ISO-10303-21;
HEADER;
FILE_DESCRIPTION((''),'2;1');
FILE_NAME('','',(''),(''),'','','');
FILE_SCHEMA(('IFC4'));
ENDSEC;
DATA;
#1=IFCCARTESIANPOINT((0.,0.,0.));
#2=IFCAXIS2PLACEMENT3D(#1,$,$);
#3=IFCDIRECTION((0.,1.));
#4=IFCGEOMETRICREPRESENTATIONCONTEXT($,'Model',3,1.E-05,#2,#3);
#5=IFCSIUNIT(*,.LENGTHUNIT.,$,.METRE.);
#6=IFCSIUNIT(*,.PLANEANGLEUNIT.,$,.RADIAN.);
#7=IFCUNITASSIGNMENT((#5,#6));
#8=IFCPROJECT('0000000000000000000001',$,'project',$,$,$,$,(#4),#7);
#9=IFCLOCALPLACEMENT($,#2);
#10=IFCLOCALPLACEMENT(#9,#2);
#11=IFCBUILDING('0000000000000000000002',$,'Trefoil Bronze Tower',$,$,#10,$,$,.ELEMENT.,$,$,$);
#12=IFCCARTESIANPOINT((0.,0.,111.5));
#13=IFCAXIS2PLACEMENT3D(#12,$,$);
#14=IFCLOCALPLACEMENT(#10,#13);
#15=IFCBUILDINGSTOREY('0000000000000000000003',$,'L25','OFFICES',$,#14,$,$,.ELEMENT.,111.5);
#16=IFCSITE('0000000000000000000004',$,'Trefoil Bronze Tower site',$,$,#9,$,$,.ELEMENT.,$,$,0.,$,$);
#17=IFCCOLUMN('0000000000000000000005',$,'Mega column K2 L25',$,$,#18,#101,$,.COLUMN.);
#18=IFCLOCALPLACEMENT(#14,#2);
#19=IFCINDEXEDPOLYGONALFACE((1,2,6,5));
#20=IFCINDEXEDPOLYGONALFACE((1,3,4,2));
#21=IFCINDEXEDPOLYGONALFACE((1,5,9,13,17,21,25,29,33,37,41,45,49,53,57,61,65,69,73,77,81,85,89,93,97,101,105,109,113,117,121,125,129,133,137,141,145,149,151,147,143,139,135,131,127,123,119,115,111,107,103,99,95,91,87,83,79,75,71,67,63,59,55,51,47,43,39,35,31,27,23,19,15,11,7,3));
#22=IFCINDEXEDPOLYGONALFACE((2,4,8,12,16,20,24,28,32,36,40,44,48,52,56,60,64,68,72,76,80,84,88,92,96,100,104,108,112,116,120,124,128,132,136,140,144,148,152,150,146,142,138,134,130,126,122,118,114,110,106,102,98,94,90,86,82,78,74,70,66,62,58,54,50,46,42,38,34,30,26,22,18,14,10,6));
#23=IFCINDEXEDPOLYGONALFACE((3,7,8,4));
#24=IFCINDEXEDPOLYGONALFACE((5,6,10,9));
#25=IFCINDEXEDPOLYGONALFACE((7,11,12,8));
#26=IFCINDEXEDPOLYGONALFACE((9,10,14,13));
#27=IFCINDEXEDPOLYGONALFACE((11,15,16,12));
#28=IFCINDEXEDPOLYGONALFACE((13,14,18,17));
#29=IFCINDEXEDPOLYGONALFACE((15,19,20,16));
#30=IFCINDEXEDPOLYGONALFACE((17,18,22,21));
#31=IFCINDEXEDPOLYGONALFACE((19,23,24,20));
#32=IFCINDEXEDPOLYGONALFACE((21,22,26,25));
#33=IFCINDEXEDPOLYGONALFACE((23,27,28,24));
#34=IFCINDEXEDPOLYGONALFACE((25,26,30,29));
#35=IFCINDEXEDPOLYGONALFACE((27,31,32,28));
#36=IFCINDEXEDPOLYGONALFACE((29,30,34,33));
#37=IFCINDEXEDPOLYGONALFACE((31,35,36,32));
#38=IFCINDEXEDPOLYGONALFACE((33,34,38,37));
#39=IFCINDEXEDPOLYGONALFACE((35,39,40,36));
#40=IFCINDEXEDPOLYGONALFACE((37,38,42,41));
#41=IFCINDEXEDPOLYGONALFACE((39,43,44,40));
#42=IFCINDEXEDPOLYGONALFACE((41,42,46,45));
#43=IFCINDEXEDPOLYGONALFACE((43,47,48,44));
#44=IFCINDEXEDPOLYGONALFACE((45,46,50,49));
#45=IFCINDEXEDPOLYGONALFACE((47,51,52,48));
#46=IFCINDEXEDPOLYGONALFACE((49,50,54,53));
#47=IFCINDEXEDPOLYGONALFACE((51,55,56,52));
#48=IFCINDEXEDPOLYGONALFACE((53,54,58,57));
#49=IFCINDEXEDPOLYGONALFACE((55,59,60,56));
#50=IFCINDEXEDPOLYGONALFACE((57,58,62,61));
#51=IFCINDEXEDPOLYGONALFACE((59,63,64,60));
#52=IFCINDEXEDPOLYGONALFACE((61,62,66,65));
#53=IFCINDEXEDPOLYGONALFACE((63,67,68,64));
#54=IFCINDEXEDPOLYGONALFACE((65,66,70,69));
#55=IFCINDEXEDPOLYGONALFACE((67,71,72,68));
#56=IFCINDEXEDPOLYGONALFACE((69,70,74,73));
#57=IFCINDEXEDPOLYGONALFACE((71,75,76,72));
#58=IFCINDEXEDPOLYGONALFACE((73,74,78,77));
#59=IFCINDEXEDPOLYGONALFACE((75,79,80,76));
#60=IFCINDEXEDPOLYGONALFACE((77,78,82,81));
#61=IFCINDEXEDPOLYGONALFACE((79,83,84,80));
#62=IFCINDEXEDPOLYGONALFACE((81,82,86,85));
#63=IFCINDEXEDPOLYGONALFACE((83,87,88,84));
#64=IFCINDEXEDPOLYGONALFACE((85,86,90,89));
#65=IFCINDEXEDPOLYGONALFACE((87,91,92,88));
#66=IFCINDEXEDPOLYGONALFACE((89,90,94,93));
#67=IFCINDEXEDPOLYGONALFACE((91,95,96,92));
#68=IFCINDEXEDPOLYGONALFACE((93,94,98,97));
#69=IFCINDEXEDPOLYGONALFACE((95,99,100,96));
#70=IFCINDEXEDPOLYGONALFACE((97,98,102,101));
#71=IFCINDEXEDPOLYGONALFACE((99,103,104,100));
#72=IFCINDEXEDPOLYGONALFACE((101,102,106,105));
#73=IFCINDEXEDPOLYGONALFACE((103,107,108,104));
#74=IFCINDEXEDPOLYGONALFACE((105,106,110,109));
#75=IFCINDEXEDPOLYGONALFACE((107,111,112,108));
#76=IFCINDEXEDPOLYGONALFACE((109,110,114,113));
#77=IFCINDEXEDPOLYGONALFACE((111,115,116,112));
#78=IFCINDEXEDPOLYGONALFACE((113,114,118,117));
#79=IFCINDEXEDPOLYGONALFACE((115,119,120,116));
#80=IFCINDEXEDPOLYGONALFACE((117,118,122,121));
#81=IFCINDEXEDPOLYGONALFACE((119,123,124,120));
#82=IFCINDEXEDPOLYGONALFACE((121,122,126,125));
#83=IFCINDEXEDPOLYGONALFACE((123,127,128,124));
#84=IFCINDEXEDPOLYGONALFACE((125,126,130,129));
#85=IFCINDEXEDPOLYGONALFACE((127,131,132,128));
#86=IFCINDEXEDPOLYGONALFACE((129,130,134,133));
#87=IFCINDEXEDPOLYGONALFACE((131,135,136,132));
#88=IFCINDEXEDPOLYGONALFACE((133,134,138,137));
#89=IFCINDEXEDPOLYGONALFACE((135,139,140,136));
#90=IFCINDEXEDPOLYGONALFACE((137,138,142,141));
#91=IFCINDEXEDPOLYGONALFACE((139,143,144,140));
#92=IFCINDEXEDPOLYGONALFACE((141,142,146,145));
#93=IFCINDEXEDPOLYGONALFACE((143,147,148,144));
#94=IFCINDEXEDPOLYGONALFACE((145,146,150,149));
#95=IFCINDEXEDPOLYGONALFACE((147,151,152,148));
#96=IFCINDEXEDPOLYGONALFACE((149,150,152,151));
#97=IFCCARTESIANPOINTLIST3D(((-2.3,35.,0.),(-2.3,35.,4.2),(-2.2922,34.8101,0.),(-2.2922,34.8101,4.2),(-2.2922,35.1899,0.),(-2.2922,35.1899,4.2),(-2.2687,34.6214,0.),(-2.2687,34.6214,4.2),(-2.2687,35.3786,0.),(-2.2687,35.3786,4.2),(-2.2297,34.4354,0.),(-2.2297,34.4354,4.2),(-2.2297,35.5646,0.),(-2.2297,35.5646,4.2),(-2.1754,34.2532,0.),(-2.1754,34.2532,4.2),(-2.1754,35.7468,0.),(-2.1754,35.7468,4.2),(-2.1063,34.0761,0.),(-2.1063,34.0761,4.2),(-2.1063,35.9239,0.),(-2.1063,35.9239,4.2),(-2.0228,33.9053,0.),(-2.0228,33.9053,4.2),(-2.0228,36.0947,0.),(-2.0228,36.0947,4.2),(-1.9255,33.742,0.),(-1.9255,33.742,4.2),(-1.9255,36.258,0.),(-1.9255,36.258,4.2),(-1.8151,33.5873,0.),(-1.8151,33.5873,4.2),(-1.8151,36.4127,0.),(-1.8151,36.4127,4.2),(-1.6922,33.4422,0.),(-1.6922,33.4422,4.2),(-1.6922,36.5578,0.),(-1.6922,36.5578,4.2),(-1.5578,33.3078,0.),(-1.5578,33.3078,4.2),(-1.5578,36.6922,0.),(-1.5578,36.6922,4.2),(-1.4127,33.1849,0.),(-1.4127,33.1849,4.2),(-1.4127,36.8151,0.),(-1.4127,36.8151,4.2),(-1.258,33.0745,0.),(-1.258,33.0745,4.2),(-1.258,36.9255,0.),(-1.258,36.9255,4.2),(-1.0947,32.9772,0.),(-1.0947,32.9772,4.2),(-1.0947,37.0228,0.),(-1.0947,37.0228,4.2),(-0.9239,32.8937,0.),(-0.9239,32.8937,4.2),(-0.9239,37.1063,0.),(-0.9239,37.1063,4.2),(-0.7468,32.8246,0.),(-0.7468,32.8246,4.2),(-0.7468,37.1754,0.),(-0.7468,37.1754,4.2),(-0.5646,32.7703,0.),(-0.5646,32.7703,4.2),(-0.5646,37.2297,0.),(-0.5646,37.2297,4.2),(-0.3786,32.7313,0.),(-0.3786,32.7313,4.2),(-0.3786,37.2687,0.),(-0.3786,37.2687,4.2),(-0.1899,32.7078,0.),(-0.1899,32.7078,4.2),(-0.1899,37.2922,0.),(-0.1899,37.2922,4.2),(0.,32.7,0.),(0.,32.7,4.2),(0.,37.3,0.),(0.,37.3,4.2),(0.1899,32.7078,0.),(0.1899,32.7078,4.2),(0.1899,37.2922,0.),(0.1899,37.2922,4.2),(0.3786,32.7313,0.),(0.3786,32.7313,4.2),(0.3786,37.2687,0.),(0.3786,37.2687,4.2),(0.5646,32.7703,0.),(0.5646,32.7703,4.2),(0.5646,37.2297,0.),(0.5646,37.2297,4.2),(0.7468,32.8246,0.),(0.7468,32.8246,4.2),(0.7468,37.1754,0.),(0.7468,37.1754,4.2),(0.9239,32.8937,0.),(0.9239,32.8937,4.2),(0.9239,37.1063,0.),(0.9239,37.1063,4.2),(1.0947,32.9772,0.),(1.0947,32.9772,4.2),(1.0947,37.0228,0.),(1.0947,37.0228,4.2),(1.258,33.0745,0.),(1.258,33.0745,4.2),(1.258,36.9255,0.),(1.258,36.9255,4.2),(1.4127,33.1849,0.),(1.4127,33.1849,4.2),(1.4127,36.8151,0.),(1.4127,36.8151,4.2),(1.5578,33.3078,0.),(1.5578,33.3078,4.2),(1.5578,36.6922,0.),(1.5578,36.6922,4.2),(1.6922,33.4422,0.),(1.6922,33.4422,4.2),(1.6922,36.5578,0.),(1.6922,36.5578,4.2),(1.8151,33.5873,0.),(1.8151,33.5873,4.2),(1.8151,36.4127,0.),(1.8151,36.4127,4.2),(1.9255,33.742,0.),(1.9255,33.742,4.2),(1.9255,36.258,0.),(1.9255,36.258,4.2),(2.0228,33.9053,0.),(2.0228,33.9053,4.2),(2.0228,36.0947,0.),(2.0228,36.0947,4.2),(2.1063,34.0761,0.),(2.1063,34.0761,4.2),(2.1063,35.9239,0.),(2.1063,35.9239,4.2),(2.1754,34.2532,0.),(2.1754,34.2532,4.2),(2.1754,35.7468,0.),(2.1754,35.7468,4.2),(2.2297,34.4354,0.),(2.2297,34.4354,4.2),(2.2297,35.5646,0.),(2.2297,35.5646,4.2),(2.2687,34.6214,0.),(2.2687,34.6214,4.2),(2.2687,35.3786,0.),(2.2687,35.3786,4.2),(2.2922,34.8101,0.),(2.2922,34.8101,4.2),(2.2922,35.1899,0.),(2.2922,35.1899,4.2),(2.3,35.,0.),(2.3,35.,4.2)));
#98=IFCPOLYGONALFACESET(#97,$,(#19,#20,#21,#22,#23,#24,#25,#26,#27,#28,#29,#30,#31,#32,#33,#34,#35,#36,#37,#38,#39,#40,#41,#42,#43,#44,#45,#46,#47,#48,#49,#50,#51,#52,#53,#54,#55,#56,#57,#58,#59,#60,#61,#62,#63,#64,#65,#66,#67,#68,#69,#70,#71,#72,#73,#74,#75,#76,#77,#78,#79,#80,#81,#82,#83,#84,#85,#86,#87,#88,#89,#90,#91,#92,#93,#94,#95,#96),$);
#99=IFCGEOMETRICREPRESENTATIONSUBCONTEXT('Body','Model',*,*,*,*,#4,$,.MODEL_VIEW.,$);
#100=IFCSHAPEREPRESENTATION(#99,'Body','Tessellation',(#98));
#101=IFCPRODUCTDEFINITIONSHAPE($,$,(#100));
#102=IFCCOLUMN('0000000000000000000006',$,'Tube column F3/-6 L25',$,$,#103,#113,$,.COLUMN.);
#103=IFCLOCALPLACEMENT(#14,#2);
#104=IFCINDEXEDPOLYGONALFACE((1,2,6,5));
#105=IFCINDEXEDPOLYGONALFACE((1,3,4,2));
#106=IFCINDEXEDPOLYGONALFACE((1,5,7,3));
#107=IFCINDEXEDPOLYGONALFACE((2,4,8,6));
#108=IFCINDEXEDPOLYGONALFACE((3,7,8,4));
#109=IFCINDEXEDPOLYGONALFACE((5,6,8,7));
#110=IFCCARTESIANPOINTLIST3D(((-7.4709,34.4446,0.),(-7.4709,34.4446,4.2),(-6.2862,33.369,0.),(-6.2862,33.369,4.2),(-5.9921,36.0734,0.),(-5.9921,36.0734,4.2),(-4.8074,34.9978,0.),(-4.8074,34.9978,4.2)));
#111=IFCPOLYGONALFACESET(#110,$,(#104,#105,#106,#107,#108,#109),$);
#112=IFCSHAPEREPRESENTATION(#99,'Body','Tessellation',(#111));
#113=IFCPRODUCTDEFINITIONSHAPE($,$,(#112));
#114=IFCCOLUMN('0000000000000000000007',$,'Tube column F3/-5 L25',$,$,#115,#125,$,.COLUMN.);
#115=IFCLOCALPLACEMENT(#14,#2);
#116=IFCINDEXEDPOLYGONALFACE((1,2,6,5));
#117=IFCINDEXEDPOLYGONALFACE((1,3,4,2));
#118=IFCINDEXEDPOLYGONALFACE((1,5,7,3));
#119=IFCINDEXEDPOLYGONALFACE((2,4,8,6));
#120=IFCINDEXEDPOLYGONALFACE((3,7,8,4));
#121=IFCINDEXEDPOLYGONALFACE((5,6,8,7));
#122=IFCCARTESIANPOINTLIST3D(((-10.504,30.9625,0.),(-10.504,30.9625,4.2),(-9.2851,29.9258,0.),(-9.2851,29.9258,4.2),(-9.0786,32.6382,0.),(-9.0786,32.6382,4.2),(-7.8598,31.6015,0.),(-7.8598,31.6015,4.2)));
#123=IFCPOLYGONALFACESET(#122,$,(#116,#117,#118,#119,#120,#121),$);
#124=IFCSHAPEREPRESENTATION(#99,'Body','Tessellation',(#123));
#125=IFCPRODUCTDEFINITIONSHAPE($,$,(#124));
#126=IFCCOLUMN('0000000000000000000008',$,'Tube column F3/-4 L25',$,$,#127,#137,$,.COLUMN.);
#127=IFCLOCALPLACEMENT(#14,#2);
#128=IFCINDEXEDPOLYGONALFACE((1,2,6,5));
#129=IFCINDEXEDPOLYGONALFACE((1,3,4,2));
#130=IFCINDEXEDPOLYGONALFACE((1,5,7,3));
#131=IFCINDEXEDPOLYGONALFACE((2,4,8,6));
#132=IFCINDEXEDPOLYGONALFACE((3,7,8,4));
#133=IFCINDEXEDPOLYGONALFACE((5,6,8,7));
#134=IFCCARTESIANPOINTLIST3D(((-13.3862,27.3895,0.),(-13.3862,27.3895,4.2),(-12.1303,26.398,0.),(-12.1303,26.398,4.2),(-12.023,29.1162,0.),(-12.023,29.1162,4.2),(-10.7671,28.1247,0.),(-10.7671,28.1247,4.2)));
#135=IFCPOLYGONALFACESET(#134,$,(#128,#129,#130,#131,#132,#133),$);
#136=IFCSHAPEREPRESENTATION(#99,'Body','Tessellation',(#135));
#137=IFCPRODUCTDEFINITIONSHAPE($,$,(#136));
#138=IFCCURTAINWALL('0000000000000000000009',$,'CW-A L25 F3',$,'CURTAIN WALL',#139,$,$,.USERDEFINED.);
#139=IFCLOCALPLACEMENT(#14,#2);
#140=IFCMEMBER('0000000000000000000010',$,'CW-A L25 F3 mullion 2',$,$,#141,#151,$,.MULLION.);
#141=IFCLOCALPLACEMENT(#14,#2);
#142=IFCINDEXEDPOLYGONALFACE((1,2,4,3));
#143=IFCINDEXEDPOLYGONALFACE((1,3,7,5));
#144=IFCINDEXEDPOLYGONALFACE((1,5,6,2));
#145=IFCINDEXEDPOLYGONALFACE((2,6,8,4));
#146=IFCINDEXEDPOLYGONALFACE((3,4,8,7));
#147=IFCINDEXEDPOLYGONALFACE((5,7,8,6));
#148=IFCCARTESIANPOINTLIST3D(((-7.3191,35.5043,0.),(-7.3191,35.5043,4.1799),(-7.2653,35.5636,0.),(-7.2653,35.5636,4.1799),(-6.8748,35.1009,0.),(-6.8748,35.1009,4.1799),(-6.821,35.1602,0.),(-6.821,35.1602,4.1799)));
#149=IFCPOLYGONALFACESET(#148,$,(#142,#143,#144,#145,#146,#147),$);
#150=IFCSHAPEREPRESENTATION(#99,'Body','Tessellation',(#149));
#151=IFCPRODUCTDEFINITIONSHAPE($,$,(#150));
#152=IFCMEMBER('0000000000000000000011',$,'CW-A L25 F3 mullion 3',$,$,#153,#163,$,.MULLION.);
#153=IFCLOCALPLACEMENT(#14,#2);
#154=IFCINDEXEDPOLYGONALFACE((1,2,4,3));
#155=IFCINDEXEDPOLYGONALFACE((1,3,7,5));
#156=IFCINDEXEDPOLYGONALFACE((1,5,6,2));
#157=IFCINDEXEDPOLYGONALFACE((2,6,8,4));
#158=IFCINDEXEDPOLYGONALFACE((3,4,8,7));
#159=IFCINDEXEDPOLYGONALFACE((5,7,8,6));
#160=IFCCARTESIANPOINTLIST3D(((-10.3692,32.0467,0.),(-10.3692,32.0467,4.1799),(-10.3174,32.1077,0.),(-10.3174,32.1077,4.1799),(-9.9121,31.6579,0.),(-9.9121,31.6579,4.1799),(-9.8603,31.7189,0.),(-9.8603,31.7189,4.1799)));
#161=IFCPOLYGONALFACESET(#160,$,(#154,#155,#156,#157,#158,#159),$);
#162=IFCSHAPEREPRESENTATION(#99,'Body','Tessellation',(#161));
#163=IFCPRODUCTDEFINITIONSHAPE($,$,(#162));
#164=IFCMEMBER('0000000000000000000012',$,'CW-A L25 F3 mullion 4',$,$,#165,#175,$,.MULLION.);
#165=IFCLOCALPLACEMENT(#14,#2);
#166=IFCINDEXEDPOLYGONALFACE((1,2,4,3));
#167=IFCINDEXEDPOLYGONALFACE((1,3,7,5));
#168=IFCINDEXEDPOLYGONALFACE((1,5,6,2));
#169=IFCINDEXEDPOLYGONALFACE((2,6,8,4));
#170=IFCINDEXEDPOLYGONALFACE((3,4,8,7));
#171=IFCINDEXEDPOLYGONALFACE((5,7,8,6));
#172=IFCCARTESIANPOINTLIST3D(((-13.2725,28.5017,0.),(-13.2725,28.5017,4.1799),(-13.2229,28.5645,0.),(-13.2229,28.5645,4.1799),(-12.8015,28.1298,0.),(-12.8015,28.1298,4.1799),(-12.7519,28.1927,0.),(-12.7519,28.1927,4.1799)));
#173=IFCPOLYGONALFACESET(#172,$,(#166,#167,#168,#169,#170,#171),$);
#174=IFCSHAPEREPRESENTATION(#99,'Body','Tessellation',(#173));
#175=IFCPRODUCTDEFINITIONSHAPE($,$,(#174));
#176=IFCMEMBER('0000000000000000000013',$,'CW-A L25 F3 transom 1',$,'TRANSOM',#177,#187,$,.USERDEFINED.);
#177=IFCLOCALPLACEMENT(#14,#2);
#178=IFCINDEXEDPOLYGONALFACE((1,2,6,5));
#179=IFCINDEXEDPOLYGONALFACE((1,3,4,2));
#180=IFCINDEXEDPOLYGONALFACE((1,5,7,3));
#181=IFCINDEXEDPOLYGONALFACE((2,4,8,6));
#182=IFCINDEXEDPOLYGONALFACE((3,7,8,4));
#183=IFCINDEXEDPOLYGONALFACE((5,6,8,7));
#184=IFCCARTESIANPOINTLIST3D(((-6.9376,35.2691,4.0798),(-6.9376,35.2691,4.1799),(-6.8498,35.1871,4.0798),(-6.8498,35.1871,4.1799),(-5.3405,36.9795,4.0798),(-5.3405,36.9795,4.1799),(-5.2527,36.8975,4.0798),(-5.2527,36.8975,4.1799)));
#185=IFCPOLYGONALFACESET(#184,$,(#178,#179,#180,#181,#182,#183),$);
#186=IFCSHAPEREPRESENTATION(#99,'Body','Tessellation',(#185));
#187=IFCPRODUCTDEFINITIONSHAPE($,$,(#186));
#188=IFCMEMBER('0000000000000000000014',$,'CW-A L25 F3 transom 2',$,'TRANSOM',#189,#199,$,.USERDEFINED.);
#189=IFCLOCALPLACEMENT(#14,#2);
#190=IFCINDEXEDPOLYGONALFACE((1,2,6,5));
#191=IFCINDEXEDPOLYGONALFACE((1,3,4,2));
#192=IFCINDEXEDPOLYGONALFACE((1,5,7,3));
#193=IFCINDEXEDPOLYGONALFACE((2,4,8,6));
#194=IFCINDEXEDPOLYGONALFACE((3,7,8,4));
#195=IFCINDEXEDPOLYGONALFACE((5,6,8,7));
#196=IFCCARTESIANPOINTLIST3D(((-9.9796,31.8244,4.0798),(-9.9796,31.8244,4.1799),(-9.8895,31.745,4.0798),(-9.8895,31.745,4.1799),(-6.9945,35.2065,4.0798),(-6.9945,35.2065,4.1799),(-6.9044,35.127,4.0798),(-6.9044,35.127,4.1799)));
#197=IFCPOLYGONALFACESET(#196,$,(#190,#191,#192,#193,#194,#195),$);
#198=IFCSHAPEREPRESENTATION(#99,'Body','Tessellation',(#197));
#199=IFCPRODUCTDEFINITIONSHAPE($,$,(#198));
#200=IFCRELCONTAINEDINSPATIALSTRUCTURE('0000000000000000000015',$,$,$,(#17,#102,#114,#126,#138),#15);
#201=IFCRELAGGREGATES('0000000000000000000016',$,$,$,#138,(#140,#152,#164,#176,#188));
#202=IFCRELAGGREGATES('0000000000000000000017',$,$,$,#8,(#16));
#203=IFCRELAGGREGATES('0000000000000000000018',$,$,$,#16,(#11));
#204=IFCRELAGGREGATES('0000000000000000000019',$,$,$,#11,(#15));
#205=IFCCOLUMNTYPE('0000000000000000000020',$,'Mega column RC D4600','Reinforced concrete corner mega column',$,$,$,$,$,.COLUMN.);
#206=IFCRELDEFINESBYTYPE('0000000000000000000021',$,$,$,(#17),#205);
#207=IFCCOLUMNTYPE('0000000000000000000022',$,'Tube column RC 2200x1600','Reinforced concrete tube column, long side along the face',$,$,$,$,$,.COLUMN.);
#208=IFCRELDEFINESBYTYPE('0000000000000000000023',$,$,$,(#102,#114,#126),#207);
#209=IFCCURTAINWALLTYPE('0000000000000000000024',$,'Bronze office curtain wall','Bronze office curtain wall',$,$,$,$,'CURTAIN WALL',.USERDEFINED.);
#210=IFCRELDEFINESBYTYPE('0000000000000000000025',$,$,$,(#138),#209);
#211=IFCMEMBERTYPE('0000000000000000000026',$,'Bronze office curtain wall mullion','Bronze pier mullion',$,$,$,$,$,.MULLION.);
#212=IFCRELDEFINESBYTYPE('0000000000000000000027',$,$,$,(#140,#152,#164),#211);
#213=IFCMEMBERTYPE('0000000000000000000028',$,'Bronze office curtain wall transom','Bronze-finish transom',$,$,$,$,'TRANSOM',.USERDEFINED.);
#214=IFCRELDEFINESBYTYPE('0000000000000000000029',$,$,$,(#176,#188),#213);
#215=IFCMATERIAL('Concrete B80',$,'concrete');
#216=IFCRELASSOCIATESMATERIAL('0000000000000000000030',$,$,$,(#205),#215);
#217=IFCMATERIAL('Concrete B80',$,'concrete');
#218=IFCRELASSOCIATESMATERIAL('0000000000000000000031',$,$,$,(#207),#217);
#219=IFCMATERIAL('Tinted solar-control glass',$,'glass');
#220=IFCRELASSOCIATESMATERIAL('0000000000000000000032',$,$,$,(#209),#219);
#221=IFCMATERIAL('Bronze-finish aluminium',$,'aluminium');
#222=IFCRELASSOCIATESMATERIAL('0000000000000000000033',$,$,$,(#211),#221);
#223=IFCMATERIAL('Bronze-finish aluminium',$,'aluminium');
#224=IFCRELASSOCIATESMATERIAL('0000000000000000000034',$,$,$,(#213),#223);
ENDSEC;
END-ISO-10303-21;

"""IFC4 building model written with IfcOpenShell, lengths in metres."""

from ifc_helpers import new_model, si_unit, direction, frame, origin, origin_2d, place, context, subcontext, project, spatial, rectangle, circle, extrude, material, material_profile, profile_set, type_object, element, aggregate, save


model = new_model("IFC4")

# Units and contexts
model_context = context("Model", 3, precision=1e-05, world=origin(), true_north=direction((0.0, 1.0)))
body_context = subcontext(model_context, "Body", "Model", "MODEL_VIEW")
ifc_project = project(units=[si_unit("LENGTHUNIT", "METRE"), si_unit("PLANEANGLEUNIT", "RADIAN")], contexts=[model_context])

# Site, building, storey
site_placement = place(None, origin())
site = spatial("IfcSite", under=ifc_project, at=site_placement, Name="Trefoil Bronze Tower site", CompositionType="ELEMENT", RefElevation=0.0)
building_placement = place(site_placement, origin())
building = spatial("IfcBuilding", under=site, at=building_placement, Name="Trefoil Bronze Tower", CompositionType="ELEMENT")
storey_placement = place(building_placement, frame((0.0, 0.0, 111.5)))
storey = spatial("IfcBuildingStorey", under=building, at=storey_placement, Name="L25", Description="OFFICES", CompositionType="ELEMENT", Elevation=111.5)

# Columns
ifc_material_1 = material(Name="Concrete B80", Category="concrete")
ifc_material_profile_1 = material_profile(ifc_material_1, circle(Radius=2.3, at=origin_2d()), Name="RC D4600")
ifc_profile_set_1 = profile_set([ifc_material_profile_1], Name="Concrete B80")
column_type_1 = type_object("IfcColumnType", Name="Mega column RC D4600", Description="Reinforced concrete corner mega column", PredefinedType="COLUMN", material=ifc_profile_set_1)
column_placement = place(storey_placement, frame((0.0, 35.0, 0.0), z_axis=(0.0, 0.0, 1.0), x_axis=(1.0, 0.0, 0.0)))
element("IfcColumn", 1, at=column_placement, inside=storey, type_object=column_type_1, Name="Mega column K2 L25", PredefinedType="COLUMN", context=body_context, shape_type="SweptSolid", body=[
    extrude(circle(Radius=2.3, at=origin_2d()), origin(), (0.0, 0.0, 1.0), 4.2),
])
ifc_material_2 = material(Name="Concrete B80", Category="concrete")
ifc_material_profile_2 = material_profile(ifc_material_2, rectangle(XDim=2.2, YDim=1.6001, at=origin_2d()), Name="RC 2200x1600")
ifc_profile_set_2 = profile_set([ifc_material_profile_2], Name="Concrete B80")
column_type_2 = type_object("IfcColumnType", Name="Tube column RC 2200x1600", Description="Reinforced concrete tube column, long side along the face", PredefinedType="COLUMN", material=ifc_profile_set_2)
for number, where, z_axis, x_axis, name in (
    (2, (-6.1392, 34.7212, 0.0), (0.0, 0.0, 1.0), (-0.67221, -0.740361, 0.0), "Tube column F3/-6 L25"),
    (3, (-9.1819, 31.282, 0.0), (0.0, 0.0, 1.0), (-0.647904, -0.761722, 0.0), "Tube column F3/-5 L25"),
    (4, (-12.0767, 27.7571, 0.0), (0.0, 0.0, 1.0), (-0.619649, -0.784879, 0.0), "Tube column F3/-4 L25"),
):
    element("IfcColumn", number, at=place(storey_placement, frame(where, z_axis=z_axis, x_axis=x_axis)), inside=storey, type_object=column_type_2, Name=name, PredefinedType="COLUMN", context=body_context, shape_type="SweptSolid", body=[
        extrude(rectangle(XDim=2.2, YDim=1.6001, at=origin_2d()), origin(), (0.0, 0.0, 1.0), 4.2),
    ])

# Curtain wall, members
ifc_material_3 = material(Name="Tinted solar-control glass", Category="glass")
curtain_wall_type_1 = type_object("IfcCurtainWallType", Name="Bronze office curtain wall", Description="Bronze office curtain wall", ElementType="CURTAIN WALL", PredefinedType="USERDEFINED", material=ifc_material_3)
curtain_wall_1_placement = place(storey_placement, origin())
curtain_wall_1 = element("IfcCurtainWall", 5, at=curtain_wall_1_placement, inside=storey, type_object=curtain_wall_type_1, Name="CW-A L25 F3", ObjectType="CURTAIN WALL", PredefinedType="USERDEFINED")
ifc_material_4 = material(Name="Bronze-finish aluminium", Category="aluminium")
ifc_material_profile_3 = material_profile(ifc_material_4, rectangle(XDim=0.6001, YDim=0.0801, at=origin_2d()), Name="CW-A mullion")
ifc_profile_set_3 = profile_set([ifc_material_profile_3], Name="Bronze-finish aluminium")
member_type_1 = type_object("IfcMemberType", Name="Bronze office curtain wall mullion", Description="Bronze pier mullion", PredefinedType="MULLION", material=ifc_profile_set_3)
member_1_placement = place(storey_placement, frame((-7.0701, 35.3323, 0.0), z_axis=(0.0, 0.0, 1.0), x_axis=(0.740361, -0.67221, 0.0)))
member_1 = element("IfcMember", 6, at=member_1_placement, type_object=member_type_1, Name="CW-A L25 F3 mullion 2", PredefinedType="MULLION", context=body_context, shape_type="SweptSolid", body=[
    extrude(rectangle(XDim=0.6001, YDim=0.0801, at=origin_2d()), origin(), (0.0, 0.0, 1.0), 4.1799),
])
member_2_placement = place(storey_placement, frame((-10.1147, 31.8828, 0.0), z_axis=(0.0, 0.0, 1.0), x_axis=(0.761722, -0.647904, 0.0)))
member_2 = element("IfcMember", 7, at=member_2_placement, type_object=member_type_1, Name="CW-A L25 F3 mullion 3", PredefinedType="MULLION", context=body_context, shape_type="SweptSolid", body=[
    extrude(rectangle(XDim=0.6001, YDim=0.0801, at=origin_2d()), origin(), (0.0, 0.0, 1.0), 4.1799),
])
member_3_placement = place(storey_placement, frame((-13.0122, 28.3472, 0.0), z_axis=(0.0, 0.0, 1.0), x_axis=(0.784879, -0.619649, 0.0)))
member_3 = element("IfcMember", 8, at=member_3_placement, type_object=member_type_1, Name="CW-A L25 F3 mullion 4", PredefinedType="MULLION", context=body_context, shape_type="SweptSolid", body=[
    extrude(rectangle(XDim=0.6001, YDim=0.0801, at=origin_2d()), origin(), (0.0, 0.0, 1.0), 4.1799),
])
ifc_material_5 = material(Name="Bronze-finish aluminium", Category="aluminium")
ifc_material_profile_4 = material_profile(ifc_material_5, rectangle(XDim=0.1201, YDim=0.1001, at=origin_2d()), Name="CW-A transom")
ifc_profile_set_4 = profile_set([ifc_material_profile_4], Name="Bronze-finish aluminium")
member_type_2 = type_object("IfcMemberType", Name="Bronze office curtain wall transom", Description="Bronze-finish transom", ElementType="TRANSOM", PredefinedType="USERDEFINED", material=ifc_profile_set_4)
member_4_placement = place(storey_placement, frame((-5.2966, 36.9385, 4.1299), z_axis=(-0.682489, -0.730896, 0.0), x_axis=(0.730896, -0.682489, 0.0)))
member_4 = element("IfcMember", 9, at=member_4_placement, type_object=member_type_2, Name="CW-A L25 F3 transom 1", ObjectType="TRANSOM", PredefinedType="USERDEFINED", context=body_context, shape_type="SweptSolid", body=[
    extrude(rectangle(XDim=0.1201, YDim=0.1001, at=origin_2d()), origin(), (0.0, 0.0, 1.0), 2.3401),
])
member_5_placement = place(storey_placement, frame((-6.9495, 35.1667, 4.1299), z_axis=(-0.661736, -0.749737, 0.0), x_axis=(0.749737, -0.661736, 0.0)))
member_5 = element("IfcMember", 10, at=member_5_placement, type_object=member_type_2, Name="CW-A L25 F3 transom 2", ObjectType="TRANSOM", PredefinedType="USERDEFINED", context=body_context, shape_type="SweptSolid", body=[
    extrude(rectangle(XDim=0.1201, YDim=0.1001, at=origin_2d()), origin(), (0.0, 0.0, 1.0), 4.511),
])

aggregate(curtain_wall_1, [member_1, member_2, member_3, member_4, member_5])

save(model, "model.ifc")
